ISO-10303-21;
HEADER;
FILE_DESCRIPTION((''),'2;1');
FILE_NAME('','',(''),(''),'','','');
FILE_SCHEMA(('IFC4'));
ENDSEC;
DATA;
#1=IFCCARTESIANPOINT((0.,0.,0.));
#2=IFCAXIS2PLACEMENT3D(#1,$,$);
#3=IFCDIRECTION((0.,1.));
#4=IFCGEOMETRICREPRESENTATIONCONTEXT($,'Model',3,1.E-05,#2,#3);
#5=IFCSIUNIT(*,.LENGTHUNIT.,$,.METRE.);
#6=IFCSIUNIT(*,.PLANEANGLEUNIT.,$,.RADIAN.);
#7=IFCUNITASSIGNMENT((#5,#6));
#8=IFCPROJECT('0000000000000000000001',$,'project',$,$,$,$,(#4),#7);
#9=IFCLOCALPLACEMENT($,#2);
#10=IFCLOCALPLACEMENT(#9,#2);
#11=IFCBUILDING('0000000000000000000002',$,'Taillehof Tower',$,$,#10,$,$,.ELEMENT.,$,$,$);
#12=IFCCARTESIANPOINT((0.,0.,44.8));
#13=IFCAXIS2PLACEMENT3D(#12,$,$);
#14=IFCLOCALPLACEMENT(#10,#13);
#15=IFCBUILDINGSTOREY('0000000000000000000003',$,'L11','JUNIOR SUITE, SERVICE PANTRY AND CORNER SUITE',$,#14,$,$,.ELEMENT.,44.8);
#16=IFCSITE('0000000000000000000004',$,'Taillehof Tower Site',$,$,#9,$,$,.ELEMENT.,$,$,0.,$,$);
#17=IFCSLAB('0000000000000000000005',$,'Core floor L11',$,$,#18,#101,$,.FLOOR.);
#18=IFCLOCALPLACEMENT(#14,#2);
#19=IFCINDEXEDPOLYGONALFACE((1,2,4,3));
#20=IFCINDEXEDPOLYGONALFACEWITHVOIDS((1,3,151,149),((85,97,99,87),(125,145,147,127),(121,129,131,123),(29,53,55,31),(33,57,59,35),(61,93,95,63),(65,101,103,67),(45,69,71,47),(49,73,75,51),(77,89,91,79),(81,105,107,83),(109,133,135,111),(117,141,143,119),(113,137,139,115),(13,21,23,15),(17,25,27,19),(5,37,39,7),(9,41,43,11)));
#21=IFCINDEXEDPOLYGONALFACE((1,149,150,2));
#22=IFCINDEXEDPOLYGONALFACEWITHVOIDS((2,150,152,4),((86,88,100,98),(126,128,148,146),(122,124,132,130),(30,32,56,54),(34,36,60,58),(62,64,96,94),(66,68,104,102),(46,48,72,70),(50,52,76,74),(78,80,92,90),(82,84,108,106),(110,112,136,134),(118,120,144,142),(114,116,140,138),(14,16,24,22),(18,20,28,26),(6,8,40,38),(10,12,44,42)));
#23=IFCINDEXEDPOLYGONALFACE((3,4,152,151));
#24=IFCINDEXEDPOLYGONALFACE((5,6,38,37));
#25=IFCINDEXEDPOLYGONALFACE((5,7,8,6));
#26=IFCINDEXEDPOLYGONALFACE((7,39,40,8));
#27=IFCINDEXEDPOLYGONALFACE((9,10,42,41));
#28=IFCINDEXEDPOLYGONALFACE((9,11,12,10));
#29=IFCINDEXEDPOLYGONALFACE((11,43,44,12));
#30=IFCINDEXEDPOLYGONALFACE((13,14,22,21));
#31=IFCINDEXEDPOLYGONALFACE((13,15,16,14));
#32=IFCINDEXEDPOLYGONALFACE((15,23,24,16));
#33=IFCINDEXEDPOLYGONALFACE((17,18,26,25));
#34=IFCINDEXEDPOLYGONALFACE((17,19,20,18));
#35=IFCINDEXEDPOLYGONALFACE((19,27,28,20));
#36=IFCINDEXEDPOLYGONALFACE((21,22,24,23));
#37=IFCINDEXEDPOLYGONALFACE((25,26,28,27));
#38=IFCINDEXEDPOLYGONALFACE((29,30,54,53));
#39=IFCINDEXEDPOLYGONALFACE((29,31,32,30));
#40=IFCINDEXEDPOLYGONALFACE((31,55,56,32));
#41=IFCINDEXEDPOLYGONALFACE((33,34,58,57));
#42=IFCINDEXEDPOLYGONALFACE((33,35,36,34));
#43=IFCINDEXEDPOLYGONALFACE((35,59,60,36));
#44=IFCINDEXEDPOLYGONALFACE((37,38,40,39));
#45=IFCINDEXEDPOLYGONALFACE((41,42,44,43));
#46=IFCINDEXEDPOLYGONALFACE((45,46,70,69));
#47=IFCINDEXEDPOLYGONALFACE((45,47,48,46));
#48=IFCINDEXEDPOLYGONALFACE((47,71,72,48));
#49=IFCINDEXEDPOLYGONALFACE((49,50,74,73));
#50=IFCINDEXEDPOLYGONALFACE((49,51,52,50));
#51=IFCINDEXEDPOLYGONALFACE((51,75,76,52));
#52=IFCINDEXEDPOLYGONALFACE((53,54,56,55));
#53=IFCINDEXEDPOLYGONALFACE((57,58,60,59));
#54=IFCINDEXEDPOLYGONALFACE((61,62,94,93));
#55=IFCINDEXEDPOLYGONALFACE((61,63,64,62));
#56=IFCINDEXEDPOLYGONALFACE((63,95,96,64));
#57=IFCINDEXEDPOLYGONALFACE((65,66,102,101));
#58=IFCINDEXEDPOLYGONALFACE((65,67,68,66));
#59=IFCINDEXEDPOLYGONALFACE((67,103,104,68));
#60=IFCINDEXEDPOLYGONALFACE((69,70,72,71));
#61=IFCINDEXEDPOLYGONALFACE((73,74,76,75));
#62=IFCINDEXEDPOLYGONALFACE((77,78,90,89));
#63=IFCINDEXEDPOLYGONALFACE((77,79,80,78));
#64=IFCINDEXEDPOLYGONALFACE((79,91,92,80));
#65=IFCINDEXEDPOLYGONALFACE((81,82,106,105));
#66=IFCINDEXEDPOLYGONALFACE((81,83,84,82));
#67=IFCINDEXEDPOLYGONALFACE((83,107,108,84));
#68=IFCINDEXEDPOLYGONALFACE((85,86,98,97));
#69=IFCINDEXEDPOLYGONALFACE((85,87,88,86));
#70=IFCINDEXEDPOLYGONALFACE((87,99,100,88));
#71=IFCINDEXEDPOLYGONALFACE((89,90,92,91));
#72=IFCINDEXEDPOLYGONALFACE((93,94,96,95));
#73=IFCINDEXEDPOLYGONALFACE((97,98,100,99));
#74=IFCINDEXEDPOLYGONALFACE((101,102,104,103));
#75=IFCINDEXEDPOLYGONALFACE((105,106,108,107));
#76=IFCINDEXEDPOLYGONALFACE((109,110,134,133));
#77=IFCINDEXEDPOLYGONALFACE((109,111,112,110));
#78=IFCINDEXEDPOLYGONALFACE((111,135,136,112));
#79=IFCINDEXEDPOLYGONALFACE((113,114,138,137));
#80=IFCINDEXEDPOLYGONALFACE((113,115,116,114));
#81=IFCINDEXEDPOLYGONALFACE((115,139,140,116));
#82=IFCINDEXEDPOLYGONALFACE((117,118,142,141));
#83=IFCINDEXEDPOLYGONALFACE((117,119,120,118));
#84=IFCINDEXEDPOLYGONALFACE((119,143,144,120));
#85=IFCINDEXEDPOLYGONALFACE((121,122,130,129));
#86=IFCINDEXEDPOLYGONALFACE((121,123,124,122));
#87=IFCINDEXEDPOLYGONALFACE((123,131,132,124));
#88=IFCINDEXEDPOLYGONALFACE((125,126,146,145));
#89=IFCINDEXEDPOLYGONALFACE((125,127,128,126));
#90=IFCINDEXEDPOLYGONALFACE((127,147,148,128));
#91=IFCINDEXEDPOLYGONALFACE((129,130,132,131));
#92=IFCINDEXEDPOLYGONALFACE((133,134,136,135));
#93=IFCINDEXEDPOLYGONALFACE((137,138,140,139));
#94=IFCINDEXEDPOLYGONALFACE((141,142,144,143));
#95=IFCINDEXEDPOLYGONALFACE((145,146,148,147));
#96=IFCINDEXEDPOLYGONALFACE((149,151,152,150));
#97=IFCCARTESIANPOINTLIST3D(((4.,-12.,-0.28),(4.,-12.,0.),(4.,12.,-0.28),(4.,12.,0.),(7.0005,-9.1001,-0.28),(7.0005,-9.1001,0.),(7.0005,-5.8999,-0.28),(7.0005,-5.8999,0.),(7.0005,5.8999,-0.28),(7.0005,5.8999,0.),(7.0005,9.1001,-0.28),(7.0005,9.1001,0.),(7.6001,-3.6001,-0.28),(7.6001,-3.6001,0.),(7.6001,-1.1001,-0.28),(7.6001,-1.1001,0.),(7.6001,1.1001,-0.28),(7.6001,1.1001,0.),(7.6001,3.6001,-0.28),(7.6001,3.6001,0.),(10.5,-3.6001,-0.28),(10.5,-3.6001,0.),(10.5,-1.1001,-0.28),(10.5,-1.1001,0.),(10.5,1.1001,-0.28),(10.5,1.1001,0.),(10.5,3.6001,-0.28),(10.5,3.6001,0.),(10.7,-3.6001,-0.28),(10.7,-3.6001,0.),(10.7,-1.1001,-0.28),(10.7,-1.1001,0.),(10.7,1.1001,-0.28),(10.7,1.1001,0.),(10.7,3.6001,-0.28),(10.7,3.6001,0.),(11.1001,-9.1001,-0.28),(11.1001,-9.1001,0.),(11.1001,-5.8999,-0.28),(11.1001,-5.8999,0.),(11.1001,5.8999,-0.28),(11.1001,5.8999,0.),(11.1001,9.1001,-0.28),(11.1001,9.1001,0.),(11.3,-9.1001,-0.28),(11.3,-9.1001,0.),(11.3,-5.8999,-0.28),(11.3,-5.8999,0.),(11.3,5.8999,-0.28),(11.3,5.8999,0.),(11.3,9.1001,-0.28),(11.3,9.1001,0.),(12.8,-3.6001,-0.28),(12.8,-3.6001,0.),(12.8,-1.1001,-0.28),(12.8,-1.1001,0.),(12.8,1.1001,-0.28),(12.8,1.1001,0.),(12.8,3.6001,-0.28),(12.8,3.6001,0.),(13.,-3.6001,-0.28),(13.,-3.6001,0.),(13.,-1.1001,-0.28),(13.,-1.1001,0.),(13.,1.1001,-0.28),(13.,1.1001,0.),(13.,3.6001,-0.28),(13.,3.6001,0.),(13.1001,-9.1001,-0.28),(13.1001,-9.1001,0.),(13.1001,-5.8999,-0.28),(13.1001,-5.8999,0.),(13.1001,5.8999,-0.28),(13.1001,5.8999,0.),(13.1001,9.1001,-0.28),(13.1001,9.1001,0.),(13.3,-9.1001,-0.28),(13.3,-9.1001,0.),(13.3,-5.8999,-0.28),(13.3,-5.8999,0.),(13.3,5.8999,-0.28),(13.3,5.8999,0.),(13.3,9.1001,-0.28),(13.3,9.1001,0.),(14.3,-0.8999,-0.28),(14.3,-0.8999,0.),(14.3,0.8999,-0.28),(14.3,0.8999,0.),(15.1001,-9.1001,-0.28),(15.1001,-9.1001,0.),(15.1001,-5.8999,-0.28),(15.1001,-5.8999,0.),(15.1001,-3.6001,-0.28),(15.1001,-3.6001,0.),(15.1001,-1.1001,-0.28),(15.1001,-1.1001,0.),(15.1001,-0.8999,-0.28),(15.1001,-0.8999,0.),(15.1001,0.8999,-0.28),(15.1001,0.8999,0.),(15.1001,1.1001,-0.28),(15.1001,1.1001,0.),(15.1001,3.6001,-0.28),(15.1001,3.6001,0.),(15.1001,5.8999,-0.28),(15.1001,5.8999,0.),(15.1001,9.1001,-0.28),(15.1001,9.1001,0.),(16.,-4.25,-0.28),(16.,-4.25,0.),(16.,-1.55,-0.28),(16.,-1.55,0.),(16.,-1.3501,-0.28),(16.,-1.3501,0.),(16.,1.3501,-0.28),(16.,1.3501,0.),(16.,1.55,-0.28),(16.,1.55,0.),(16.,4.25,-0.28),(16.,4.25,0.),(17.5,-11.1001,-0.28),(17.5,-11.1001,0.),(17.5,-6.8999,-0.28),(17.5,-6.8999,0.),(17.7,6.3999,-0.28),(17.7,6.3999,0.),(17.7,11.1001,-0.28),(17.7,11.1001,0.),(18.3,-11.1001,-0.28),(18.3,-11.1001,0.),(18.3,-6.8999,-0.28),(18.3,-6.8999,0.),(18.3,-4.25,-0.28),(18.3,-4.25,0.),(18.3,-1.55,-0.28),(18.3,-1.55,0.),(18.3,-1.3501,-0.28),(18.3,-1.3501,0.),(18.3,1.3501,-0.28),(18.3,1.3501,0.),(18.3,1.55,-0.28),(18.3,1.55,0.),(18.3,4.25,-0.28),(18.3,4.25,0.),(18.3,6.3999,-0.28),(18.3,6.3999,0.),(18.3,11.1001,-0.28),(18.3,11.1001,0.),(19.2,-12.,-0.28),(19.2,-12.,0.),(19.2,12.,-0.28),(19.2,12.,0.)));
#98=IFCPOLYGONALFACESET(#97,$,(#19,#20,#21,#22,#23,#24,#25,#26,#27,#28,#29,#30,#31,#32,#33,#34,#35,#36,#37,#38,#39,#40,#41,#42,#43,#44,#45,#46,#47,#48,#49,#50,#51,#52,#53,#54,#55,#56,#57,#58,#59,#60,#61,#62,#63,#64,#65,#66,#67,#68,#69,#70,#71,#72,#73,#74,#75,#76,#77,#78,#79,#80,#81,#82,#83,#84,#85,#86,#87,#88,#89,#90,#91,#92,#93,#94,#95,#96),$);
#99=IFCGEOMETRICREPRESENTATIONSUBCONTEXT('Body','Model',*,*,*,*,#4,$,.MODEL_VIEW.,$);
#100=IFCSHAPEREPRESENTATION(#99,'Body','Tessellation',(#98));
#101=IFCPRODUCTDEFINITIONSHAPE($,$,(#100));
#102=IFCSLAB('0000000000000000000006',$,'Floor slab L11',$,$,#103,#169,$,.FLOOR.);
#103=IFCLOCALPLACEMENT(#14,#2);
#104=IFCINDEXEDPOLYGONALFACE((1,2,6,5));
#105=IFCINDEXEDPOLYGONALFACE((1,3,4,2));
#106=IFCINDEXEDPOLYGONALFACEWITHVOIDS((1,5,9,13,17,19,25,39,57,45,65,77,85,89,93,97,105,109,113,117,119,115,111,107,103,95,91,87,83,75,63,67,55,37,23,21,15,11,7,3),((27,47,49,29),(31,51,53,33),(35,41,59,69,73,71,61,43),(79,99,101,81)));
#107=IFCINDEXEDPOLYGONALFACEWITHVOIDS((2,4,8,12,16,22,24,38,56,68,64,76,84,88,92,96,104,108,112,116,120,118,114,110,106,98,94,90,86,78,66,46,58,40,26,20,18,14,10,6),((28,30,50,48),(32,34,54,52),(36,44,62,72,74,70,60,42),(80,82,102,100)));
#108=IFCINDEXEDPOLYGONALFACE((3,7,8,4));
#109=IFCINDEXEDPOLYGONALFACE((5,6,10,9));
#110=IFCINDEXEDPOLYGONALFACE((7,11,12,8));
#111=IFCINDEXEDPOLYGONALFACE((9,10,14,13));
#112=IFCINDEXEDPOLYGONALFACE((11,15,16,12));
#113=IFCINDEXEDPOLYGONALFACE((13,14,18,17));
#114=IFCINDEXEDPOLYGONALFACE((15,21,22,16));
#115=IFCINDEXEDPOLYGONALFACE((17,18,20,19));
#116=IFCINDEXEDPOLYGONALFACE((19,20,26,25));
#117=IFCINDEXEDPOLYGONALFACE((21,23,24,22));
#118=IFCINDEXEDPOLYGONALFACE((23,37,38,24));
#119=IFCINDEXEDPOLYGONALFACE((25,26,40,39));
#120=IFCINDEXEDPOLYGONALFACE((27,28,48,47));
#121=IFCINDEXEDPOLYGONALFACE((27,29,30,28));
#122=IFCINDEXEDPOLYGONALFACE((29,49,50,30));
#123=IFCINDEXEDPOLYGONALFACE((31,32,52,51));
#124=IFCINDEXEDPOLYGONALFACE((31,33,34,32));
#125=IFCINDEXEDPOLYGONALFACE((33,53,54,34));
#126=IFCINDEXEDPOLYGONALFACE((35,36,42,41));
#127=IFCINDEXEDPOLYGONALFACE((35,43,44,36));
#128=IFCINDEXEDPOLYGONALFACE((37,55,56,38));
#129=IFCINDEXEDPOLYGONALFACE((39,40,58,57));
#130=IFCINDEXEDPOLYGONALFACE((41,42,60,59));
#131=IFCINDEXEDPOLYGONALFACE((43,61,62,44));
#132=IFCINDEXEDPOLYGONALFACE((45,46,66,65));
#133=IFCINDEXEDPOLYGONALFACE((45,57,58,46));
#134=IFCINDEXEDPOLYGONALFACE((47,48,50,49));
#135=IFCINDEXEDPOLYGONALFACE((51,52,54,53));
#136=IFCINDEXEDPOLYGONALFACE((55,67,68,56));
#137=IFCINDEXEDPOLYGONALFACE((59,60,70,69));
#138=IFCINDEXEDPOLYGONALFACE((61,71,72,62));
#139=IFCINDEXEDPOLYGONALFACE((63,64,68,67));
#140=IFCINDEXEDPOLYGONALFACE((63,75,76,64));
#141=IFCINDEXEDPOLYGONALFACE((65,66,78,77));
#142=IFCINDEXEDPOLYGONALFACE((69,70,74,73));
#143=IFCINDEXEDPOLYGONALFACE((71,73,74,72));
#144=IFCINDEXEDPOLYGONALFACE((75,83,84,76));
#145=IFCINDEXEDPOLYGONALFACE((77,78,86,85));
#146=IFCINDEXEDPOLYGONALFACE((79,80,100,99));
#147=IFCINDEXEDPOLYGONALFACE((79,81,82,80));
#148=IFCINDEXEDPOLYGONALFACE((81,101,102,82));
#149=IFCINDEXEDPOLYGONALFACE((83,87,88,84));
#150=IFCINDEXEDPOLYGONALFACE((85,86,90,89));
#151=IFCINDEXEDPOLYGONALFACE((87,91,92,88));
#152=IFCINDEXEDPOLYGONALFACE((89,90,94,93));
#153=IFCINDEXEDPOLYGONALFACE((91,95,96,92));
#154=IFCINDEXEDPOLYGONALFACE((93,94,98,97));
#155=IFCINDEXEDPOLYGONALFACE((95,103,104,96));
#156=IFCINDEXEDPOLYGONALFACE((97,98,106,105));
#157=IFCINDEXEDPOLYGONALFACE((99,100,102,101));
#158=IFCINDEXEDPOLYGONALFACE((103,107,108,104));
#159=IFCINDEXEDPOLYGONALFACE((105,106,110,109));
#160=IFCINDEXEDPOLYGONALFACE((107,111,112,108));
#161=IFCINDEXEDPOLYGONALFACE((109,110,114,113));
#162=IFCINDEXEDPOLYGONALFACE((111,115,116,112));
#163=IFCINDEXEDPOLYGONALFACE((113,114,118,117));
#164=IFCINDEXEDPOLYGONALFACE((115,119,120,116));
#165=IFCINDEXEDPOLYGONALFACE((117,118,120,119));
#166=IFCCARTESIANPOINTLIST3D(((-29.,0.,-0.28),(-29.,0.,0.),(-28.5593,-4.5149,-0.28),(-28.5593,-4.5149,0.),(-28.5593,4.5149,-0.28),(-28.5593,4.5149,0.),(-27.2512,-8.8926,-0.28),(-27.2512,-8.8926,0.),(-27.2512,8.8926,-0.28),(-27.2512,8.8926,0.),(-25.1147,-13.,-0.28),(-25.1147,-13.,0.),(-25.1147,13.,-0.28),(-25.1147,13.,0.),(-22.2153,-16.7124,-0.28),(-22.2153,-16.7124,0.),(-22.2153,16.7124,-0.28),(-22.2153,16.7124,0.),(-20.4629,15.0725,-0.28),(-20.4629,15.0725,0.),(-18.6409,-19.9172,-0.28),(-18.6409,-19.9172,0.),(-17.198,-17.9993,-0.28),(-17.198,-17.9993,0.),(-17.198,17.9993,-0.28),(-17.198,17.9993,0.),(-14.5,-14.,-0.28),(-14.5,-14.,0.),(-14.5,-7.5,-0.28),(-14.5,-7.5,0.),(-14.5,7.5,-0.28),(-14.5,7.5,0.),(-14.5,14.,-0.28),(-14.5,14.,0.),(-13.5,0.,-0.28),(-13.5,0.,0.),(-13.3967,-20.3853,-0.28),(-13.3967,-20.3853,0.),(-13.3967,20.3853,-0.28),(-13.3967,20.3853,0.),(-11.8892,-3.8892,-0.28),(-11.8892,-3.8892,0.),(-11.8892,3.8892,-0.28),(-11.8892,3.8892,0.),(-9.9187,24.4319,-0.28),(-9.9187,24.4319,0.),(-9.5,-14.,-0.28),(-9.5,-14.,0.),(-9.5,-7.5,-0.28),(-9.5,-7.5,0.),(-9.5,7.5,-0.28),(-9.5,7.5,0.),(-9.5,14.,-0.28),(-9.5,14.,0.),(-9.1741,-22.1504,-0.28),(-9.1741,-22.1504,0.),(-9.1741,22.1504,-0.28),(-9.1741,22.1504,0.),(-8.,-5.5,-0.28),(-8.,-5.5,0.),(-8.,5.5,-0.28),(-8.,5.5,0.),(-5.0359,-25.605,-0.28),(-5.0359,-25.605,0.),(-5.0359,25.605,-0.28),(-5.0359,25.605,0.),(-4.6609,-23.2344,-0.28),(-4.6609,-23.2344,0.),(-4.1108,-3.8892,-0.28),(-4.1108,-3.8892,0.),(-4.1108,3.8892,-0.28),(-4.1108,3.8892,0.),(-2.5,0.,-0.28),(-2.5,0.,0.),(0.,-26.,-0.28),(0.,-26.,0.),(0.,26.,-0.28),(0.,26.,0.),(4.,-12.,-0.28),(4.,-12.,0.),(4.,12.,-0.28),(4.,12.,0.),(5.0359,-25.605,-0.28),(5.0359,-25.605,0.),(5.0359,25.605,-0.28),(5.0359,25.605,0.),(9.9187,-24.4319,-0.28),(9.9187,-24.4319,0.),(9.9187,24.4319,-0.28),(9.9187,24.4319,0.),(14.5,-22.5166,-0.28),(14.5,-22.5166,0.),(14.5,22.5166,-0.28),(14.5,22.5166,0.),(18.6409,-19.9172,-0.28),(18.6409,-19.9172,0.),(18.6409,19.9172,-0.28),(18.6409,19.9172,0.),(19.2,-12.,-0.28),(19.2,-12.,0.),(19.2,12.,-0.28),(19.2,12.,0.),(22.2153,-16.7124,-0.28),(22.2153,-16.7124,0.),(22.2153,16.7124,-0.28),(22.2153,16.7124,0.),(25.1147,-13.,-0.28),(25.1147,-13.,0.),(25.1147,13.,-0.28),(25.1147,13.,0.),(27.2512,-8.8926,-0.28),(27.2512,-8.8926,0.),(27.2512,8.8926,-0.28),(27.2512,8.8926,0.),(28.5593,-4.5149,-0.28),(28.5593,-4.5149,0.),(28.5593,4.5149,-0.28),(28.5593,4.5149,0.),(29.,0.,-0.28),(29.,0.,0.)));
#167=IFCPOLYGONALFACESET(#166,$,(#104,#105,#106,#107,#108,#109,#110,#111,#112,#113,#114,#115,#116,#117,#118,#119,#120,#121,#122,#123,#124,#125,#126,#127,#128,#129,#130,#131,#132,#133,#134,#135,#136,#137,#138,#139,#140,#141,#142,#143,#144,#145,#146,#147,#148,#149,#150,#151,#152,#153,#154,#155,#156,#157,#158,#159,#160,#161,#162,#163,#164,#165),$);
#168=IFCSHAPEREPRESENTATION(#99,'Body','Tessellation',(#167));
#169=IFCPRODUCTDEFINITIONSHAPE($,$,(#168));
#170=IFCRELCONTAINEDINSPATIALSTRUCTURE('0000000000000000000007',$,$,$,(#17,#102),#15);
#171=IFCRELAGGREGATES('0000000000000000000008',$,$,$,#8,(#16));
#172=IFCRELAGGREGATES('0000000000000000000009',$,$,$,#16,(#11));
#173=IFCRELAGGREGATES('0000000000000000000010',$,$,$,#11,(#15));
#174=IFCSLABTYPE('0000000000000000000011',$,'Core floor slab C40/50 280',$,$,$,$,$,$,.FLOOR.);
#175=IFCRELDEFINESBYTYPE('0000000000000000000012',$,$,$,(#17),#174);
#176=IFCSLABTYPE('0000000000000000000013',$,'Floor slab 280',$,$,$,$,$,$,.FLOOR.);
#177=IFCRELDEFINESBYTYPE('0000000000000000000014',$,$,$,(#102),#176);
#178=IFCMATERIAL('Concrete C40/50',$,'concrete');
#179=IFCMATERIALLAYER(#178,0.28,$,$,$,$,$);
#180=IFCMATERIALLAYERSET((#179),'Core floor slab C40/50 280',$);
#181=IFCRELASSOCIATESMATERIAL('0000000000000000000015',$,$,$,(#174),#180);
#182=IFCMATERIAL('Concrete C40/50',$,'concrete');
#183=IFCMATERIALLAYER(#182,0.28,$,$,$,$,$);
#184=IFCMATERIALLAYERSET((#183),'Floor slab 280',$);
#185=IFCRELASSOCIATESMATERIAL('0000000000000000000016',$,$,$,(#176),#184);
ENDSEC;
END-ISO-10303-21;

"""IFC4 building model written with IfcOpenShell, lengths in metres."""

from ifc_helpers import new_model, si_unit, direction, frame, origin, place, context, subcontext, project, spatial, polyline, outline, extrude, material, layer, layer_set, type_object, element, save


model = new_model("IFC4")

# Units and contexts
model_context = context("Model", 3, precision=1e-05, world=origin(), true_north=direction((0.0, 1.0)))
body_context = subcontext(model_context, "Body", "Model", "MODEL_VIEW")
ifc_project = project(units=[si_unit("LENGTHUNIT", "METRE"), si_unit("PLANEANGLEUNIT", "RADIAN")], contexts=[model_context])

# Site, building, storey
site_placement = place(None, origin())
site = spatial("IfcSite", under=ifc_project, at=site_placement, Name="Taillehof Tower Site", CompositionType="ELEMENT", RefElevation=0.0)
building_placement = place(site_placement, origin())
building = spatial("IfcBuilding", under=site, at=building_placement, Name="Taillehof Tower", CompositionType="ELEMENT")
storey_placement = place(building_placement, frame((0.0, 0.0, 44.8)))
storey = spatial("IfcBuildingStorey", under=building, at=storey_placement, Name="L11", Description="JUNIOR SUITE, SERVICE PANTRY AND CORNER SUITE", CompositionType="ELEMENT", Elevation=44.8)

# Slabs
ifc_material_1 = material(Name="Concrete C40/50", Category="concrete")
ifc_layer_1 = layer(ifc_material_1, 0.28)
ifc_layer_set_1 = layer_set([ifc_layer_1], Name="Core floor slab C40/50 280")
slab_type_1 = type_object("IfcSlabType", Name="Core floor slab C40/50 280", PredefinedType="FLOOR", material=ifc_layer_set_1)
slab_1_placement = place(storey_placement, frame((0.0, 0.0, -0.28)))
element("IfcSlab", 1, at=slab_1_placement, inside=storey, type_object=slab_type_1, Name="Core floor L11", PredefinedType="FLOOR", context=body_context, shape_type="SweptSolid", body=[
    extrude(outline(polyline([(4.0, -12.0), (4.0, 12.0), (19.2, 12.0), (19.2, -12.0), (4.0, -12.0)]), holes=[polyline([(7.0005, -9.1001), (11.1001, -9.1001), (11.1001, -5.8999), (7.0005, -5.8999), (7.0005, -9.1001)]), polyline([(13.1001, -9.1001), (13.1001, -5.8999), (11.3, -5.8999), (11.3, -9.1001), (13.1001, -9.1001)]), polyline([(10.5, -3.6001), (10.5, -1.1001), (7.6001, -1.1001), (7.6001, -3.6001), (10.5, -3.6001)]), polyline([(12.8, -3.6001), (12.8, -1.1001), (10.7, -1.1001), (10.7, -3.6001), (12.8, -3.6001)]), polyline([(10.5, 1.1001), (10.5, 3.6001), (7.6001, 3.6001), (7.6001, 1.1001), (10.5, 1.1001)]), polyline([(12.8, 1.1001), (12.8, 3.6001), (10.7, 3.6001), (10.7, 1.1001), (12.8, 1.1001)]), polyline([(15.1001, 1.1001), (15.1001, 3.6001), (13.0, 3.6001), (13.0, 1.1001), (15.1001, 1.1001)]), polyline([(11.3, 5.8999), (13.1001, 5.8999), (13.1001, 9.1001), (11.3, 9.1001), (11.3, 5.8999)]), polyline([(7.0005, 5.8999), (11.1001, 5.8999), (11.1001, 9.1001), (7.0005, 9.1001), (7.0005, 5.8999)]), polyline([(18.3, -11.1001), (18.3, -6.8999), (17.5, -6.8999), (17.5, -11.1001), (18.3, -11.1001)]), polyline([(15.1001, -9.1001), (15.1001, -5.8999), (13.3, -5.8999), (13.3, -9.1001), (15.1001, -9.1001)]), polyline([(18.3, -4.25), (18.3, -1.55), (16.0, -1.55), (16.0, -4.25), (18.3, -4.25)]), polyline([(15.1001, -3.6001), (15.1001, -1.1001), (13.0, -1.1001), (13.0, -3.6001), (15.1001, -3.6001)]), polyline([(15.1001, -0.8999), (15.1001, 0.8999), (14.3, 0.8999), (14.3, -0.8999), (15.1001, -0.8999)]), polyline([(18.3, -1.3501), (18.3, 1.3501), (16.0, 1.3501), (16.0, -1.3501), (18.3, -1.3501)]), polyline([(18.3, 1.55), (18.3, 4.25), (16.0, 4.25), (16.0, 1.55), (18.3, 1.55)]), polyline([(13.3, 5.8999), (15.1001, 5.8999), (15.1001, 9.1001), (13.3, 9.1001), (13.3, 5.8999)]), polyline([(17.7, 6.3999), (18.3, 6.3999), (18.3, 11.1001), (17.7, 11.1001), (17.7, 6.3999)])]), origin(), (0.0, 0.0, 1.0), 0.28),
])
ifc_material_2 = material(Name="Concrete C40/50", Category="concrete")
ifc_layer_2 = layer(ifc_material_2, 0.28)
ifc_layer_set_2 = layer_set([ifc_layer_2], Name="Floor slab 280")
slab_type_2 = type_object("IfcSlabType", Name="Floor slab 280", PredefinedType="FLOOR", material=ifc_layer_set_2)
slab_2_placement = place(storey_placement, frame((0.0, 0.0, -0.28)))
element("IfcSlab", 2, at=slab_2_placement, inside=storey, type_object=slab_type_2, Name="Floor slab L11", PredefinedType="FLOOR", context=body_context, shape_type="SweptSolid", body=[
    extrude(outline(polyline([(29.0, 0.0), (28.5593, 4.5149), (27.2512, 8.8926), (25.1147, 13.0), (22.2153, 16.7124), (18.6409, 19.9172), (14.5, 22.5166), (9.9187, 24.4319), (5.0359, 25.605), (0.0, 26.0), (-5.0359, 25.605), (-9.9187, 24.4319), (-9.1741, 22.1504), (-13.3967, 20.3853), (-17.198, 17.9993), (-20.4629, 15.0725), (-22.2153, 16.7124), (-25.1147, 13.0), (-27.2512, 8.8926), (-28.5593, 4.5149), (-29.0, 0.0), (-28.5593, -4.5149), (-27.2512, -8.8926), (-25.1147, -13.0), (-22.2153, -16.7124), (-18.6409, -19.9172), (-17.198, -17.9993), (-13.3967, -20.3853), (-9.1741, -22.1504), (-4.6609, -23.2344), (-5.0359, -25.605), (0.0, -26.0), (5.0359, -25.605), (9.9187, -24.4319), (14.5, -22.5166), (18.6409, -19.9172), (22.2153, -16.7124), (25.1147, -13.0), (27.2512, -8.8926), (28.5593, -4.5149), (29.0, 0.0)]), holes=[polyline([(-14.5, -7.5), (-9.5, -7.5), (-9.5, -14.0), (-14.5, -14.0), (-14.5, -7.5)]), polyline([(-8.0, -5.5), (-11.8892, -3.8892), (-13.5, 0.0), (-11.8892, 3.8892), (-8.0, 5.5), (-4.1108, 3.8892), (-2.5, 0.0), (-4.1108, -3.8892), (-8.0, -5.5)]), polyline([(19.2, 12.0), (19.2, -12.0), (4.0, -12.0), (4.0, 12.0), (19.2, 12.0)]), polyline([(-14.5, 14.0), (-9.5, 14.0), (-9.5, 7.5), (-14.5, 7.5), (-14.5, 14.0)])]), origin(), (0.0, 0.0, 1.0), 0.28),
])

save(model, "model.ifc")
